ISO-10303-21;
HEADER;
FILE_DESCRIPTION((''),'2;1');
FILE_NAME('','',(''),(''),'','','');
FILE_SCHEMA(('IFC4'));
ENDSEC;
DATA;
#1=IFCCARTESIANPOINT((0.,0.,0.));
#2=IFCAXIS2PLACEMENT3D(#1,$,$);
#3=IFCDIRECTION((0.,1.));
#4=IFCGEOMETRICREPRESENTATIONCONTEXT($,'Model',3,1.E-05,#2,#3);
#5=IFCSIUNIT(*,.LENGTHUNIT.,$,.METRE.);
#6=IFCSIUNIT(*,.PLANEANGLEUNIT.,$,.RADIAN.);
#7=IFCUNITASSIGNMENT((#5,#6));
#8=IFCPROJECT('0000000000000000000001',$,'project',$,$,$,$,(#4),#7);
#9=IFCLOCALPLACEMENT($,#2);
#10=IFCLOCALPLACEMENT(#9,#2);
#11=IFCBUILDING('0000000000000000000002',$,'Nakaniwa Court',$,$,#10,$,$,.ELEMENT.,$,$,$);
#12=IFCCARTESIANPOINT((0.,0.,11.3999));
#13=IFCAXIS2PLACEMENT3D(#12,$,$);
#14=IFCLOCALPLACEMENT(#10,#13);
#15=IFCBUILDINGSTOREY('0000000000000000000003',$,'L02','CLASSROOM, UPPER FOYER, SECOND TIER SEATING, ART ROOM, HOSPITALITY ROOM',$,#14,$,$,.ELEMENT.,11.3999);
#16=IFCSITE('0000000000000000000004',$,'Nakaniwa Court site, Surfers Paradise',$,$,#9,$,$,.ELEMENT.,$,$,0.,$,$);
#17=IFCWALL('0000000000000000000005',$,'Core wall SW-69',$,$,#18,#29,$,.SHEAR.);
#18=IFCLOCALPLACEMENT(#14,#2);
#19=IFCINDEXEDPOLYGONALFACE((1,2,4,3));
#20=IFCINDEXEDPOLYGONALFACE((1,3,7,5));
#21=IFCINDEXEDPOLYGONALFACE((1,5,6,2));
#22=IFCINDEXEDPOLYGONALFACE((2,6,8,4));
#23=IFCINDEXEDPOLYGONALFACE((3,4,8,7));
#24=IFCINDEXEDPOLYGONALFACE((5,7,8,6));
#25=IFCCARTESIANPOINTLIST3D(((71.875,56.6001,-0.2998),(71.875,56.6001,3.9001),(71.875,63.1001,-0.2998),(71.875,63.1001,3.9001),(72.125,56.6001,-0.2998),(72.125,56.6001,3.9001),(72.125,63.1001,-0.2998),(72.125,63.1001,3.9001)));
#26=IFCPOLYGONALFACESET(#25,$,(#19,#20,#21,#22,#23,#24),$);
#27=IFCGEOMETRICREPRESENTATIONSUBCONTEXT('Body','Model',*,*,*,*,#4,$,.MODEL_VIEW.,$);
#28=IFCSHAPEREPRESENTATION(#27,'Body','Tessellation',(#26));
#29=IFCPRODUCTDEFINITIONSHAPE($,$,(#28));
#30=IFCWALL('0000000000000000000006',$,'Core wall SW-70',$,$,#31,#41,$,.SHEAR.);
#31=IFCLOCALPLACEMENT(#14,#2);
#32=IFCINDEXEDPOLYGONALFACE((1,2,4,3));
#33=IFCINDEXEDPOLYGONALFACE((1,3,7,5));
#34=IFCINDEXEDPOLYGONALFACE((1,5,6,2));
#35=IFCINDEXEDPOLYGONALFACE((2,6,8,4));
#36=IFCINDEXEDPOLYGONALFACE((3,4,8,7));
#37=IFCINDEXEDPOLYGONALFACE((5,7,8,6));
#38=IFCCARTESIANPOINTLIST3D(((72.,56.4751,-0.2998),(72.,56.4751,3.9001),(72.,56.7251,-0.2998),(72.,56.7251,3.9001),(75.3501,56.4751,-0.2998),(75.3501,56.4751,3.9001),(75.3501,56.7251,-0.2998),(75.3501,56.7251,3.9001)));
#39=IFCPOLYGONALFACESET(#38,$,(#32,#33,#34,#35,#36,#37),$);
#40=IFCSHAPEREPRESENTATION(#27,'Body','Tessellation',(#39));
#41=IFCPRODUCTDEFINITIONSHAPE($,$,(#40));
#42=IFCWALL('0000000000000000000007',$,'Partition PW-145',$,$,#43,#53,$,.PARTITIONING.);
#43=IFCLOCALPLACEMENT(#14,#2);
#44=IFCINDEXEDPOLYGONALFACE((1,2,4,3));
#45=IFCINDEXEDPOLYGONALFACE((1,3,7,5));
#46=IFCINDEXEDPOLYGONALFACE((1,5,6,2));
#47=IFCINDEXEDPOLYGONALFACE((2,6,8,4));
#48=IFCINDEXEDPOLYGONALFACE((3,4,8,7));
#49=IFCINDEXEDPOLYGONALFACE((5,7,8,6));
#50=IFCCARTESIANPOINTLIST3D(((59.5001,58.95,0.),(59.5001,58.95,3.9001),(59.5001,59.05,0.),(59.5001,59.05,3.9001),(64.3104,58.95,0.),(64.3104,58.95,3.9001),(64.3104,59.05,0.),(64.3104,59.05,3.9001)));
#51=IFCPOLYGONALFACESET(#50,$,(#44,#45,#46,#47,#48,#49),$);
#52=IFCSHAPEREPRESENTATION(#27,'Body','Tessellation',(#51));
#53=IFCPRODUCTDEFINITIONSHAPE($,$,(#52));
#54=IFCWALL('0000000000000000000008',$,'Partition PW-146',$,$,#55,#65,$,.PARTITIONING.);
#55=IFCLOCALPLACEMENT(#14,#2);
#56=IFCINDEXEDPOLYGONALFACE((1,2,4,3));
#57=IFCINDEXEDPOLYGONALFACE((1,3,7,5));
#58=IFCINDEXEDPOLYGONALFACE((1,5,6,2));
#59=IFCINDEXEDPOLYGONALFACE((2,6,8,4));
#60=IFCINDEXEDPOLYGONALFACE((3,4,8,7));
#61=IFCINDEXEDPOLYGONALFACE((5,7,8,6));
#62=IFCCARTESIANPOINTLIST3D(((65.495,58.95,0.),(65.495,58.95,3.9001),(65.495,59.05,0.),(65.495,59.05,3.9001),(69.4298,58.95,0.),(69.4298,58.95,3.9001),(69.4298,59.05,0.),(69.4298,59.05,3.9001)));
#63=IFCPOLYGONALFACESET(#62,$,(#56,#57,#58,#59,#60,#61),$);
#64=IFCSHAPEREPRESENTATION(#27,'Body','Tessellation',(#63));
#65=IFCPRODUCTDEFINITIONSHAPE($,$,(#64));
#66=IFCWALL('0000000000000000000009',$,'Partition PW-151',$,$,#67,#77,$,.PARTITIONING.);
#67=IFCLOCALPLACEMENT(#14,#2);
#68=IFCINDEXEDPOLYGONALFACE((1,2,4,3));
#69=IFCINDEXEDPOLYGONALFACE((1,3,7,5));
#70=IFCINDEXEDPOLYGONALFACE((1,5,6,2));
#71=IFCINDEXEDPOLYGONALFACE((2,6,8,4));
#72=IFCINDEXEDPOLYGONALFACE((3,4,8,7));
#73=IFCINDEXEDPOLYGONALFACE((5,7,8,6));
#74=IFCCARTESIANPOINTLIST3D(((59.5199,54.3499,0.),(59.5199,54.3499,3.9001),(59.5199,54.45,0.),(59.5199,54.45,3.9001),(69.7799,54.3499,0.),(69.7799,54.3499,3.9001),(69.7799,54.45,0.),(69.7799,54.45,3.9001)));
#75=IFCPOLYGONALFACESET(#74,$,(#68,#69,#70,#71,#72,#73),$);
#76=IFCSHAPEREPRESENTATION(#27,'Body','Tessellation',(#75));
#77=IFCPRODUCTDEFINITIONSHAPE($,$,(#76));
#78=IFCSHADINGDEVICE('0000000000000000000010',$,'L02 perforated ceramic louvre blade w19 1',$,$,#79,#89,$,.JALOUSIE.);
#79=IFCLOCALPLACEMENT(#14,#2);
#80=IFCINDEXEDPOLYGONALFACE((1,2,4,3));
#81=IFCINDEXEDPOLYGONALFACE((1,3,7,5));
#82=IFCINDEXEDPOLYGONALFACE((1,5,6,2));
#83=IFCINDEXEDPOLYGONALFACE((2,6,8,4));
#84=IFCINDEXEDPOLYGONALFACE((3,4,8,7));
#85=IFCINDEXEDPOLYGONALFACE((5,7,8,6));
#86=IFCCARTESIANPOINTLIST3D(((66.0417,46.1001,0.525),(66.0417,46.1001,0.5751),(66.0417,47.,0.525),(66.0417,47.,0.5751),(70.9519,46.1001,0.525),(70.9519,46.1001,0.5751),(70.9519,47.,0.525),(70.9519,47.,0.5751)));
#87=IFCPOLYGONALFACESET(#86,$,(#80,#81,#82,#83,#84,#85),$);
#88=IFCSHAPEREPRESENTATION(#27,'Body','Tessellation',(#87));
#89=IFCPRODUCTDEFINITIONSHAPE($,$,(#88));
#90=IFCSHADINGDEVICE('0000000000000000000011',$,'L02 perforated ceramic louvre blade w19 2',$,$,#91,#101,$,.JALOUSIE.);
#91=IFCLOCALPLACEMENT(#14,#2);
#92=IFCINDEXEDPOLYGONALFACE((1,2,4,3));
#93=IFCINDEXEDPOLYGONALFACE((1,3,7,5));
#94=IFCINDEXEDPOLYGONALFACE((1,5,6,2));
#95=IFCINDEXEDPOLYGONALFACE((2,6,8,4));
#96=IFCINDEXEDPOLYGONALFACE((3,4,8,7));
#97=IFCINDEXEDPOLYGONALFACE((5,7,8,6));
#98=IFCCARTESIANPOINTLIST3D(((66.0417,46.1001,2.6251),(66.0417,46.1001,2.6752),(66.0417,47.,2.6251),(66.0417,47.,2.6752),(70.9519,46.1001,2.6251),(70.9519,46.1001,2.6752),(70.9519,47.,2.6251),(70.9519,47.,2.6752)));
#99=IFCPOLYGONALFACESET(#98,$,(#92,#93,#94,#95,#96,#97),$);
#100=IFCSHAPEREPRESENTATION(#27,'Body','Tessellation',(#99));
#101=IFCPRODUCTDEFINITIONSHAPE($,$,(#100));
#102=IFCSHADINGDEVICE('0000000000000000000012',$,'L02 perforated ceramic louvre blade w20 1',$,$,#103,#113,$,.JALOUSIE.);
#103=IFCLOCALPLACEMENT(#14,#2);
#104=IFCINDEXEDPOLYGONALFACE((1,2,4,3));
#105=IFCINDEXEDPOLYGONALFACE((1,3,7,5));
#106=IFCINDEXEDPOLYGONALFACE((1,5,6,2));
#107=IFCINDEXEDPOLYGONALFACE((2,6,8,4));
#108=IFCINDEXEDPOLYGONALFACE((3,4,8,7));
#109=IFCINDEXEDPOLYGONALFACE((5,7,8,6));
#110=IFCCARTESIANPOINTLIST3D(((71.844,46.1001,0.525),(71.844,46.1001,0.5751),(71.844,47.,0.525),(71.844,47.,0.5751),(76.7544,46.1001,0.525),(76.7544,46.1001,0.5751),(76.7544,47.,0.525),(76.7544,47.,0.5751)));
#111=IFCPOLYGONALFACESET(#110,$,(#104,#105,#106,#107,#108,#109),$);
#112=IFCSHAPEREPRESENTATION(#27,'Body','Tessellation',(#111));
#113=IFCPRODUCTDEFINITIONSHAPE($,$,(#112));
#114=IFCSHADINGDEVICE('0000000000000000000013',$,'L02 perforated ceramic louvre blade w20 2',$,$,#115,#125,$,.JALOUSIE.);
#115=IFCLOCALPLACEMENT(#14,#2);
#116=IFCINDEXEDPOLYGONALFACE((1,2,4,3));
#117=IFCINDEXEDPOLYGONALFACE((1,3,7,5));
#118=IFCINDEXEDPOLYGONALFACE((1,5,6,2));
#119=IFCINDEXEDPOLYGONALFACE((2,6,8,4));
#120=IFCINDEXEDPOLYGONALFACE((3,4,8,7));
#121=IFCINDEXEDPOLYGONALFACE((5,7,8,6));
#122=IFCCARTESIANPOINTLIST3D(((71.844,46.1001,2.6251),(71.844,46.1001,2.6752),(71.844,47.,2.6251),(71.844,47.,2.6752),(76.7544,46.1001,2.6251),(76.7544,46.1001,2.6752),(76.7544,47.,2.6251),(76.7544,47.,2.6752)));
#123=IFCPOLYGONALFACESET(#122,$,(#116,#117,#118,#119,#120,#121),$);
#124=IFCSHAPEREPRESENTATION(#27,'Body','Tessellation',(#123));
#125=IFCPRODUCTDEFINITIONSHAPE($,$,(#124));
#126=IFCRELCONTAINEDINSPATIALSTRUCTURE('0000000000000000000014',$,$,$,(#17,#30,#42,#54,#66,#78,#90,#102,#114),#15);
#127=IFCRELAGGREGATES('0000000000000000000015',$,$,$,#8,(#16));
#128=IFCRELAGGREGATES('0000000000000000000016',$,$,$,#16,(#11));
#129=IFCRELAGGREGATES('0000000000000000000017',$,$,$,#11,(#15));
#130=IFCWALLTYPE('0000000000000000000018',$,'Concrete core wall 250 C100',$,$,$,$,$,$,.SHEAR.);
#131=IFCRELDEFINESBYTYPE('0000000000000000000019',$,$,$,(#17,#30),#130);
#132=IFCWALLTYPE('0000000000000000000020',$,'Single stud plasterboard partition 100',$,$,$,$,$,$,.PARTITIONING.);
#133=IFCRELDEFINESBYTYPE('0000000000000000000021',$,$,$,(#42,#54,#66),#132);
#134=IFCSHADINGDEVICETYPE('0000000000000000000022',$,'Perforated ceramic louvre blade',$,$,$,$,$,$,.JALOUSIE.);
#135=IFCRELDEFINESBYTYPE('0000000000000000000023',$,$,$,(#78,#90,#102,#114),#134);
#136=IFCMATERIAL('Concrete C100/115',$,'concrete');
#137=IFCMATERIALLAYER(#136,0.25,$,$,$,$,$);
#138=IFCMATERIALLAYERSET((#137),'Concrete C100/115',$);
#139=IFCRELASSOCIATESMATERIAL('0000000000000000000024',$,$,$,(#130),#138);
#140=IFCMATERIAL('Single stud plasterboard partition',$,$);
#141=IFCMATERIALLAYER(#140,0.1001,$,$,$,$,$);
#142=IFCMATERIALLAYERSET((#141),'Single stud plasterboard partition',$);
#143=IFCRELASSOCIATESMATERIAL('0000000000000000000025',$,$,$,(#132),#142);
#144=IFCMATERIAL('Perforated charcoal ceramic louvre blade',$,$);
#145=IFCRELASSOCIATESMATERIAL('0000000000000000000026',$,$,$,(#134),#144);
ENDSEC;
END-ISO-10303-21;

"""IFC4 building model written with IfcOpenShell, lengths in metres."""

from ifc_helpers import new_model, si_unit, direction, frame, frame_2d, origin, origin_2d, place, context, subcontext, project, spatial, rectangle, extrude, material, layer, layer_set, material_profile, profile_set, type_object, element, save


model = new_model("IFC4")

# Units and contexts
model_context = context("Model", 3, precision=1e-05, world=origin(), true_north=direction((0.0, 1.0)))
body_context = subcontext(model_context, "Body", "Model", "MODEL_VIEW")
ifc_project = project(units=[si_unit("LENGTHUNIT", "METRE"), si_unit("PLANEANGLEUNIT", "RADIAN")], contexts=[model_context])

# Site, building, storey
site_placement = place(None, origin())
site = spatial("IfcSite", under=ifc_project, at=site_placement, Name="Nakaniwa Court site, Surfers Paradise", CompositionType="ELEMENT", RefElevation=0.0)
building_placement = place(site_placement, origin())
building = spatial("IfcBuilding", under=site, at=building_placement, Name="Nakaniwa Court", CompositionType="ELEMENT")
storey_placement = place(building_placement, frame((0.0, 0.0, 11.3999)))
storey = spatial("IfcBuildingStorey", under=building, at=storey_placement, Name="L02", Description="CLASSROOM, UPPER FOYER, SECOND TIER SEATING, ART ROOM, HOSPITALITY ROOM", CompositionType="ELEMENT", Elevation=11.3999)

# Shared definitions
ifc_material_1 = material(Name="Concrete C100/115", Category="concrete")

# Walls
ifc_layer_1 = layer(ifc_material_1, 0.25)
ifc_layer_set_1 = layer_set([ifc_layer_1], Name="Concrete C100/115")
wall_type_1 = type_object("IfcWallType", Name="Concrete core wall 250 C100", PredefinedType="SHEAR", material=ifc_layer_set_1)
wall_1_placement = place(storey_placement, frame((72.0, 56.6001, -0.2998), z_axis=(0.0, 0.0, 1.0), x_axis=(0.0, 1.0, 0.0)))
element("IfcWall", 1, at=wall_1_placement, inside=storey, type_object=wall_type_1, Name="Core wall SW-69", PredefinedType="SHEAR", context=body_context, shape_type="SweptSolid", body=[
    extrude(rectangle(XDim=6.5, YDim=0.25, at=frame_2d((3.25, 0.0))), origin(), (0.0, 0.0, 1.0), 4.2),
])
wall_2_placement = place(storey_placement, frame((72.0, 56.6001, -0.2998), z_axis=(0.0, 0.0, 1.0), x_axis=(1.0, 0.0, 0.0)))
element("IfcWall", 2, at=wall_2_placement, inside=storey, type_object=wall_type_1, Name="Core wall SW-70", PredefinedType="SHEAR", context=body_context, shape_type="SweptSolid", body=[
    extrude(rectangle(XDim=3.3501, YDim=0.25, at=frame_2d((1.675, 0.0))), origin(), (0.0, 0.0, 1.0), 4.2),
])
ifc_material_2 = material(Name="Single stud plasterboard partition")
ifc_layer_2 = layer(ifc_material_2, 0.1001)
ifc_layer_set_2 = layer_set([ifc_layer_2], Name="Single stud plasterboard partition")
wall_type_2 = type_object("IfcWallType", Name="Single stud plasterboard partition 100", PredefinedType="PARTITIONING", material=ifc_layer_set_2)
wall_3_placement = place(storey_placement, frame((59.5, 59.0, 0.0), z_axis=(0.0, 0.0, 1.0), x_axis=(1.0, 0.0, 0.0)))
element("IfcWall", 3, at=wall_3_placement, inside=storey, type_object=wall_type_2, Name="Partition PW-145", PredefinedType="PARTITIONING", context=body_context, shape_type="SweptSolid", body=[
    extrude(rectangle(XDim=4.8103, YDim=0.1001, at=frame_2d((2.4053, 0.0))), origin(), (0.0, 0.0, 1.0), 3.9001),
])
wall_4_placement = place(storey_placement, frame((65.4951, 59.0, 0.0), z_axis=(0.0, 0.0, 1.0), x_axis=(1.0, 0.0, 0.0)))
element("IfcWall", 4, at=wall_4_placement, inside=storey, type_object=wall_type_2, Name="Partition PW-146", PredefinedType="PARTITIONING", context=body_context, shape_type="SweptSolid", body=[
    extrude(rectangle(XDim=3.9348, YDim=0.1001, at=frame_2d((1.9673, 0.0))), origin(), (0.0, 0.0, 1.0), 3.9001),
])
wall_5_placement = place(storey_placement, frame((59.52, 54.3999, 0.0), z_axis=(0.0, 0.0, 1.0), x_axis=(1.0, 0.0, 0.0)))
element("IfcWall", 5, at=wall_5_placement, inside=storey, type_object=wall_type_2, Name="Partition PW-151", PredefinedType="PARTITIONING", context=body_context, shape_type="SweptSolid", body=[
    extrude(rectangle(XDim=10.26, YDim=0.1001, at=frame_2d((5.1299, 0.0))), origin(), (0.0, 0.0, 1.0), 3.9001),
])

# Shading devices
ifc_material_3 = material(Name="Perforated charcoal ceramic louvre blade")
ifc_material_profile_1 = material_profile(ifc_material_3, rectangle(XDim=0.8999, YDim=0.05, at=origin_2d()), Name="Perforated ceramic louvre blade")
ifc_profile_set_1 = profile_set([ifc_material_profile_1], Name="Perforated charcoal ceramic louvre blade")
shading_device_type = type_object("IfcShadingDeviceType", Name="Perforated ceramic louvre blade", PredefinedType="JALOUSIE", material=ifc_profile_set_1)
for number, where, z_axis, x_axis, name in (
    (6, (66.0417, 46.55, 0.55), (1.0, 0.0, 0.0), (0.0, 1.0, 0.0), "L02 perforated ceramic louvre blade w19 1"),
    (7, (66.0417, 46.55, 2.6501), (1.0, 0.0, 0.0), (0.0, 1.0, 0.0), "L02 perforated ceramic louvre blade w19 2"),
):
    element("IfcShadingDevice", number, at=place(storey_placement, frame(where, z_axis=z_axis, x_axis=x_axis)), inside=storey, type_object=shading_device_type, Name=name, PredefinedType="JALOUSIE", context=body_context, shape_type="SweptSolid", body=[
        extrude(rectangle(XDim=0.8999, YDim=0.05, at=origin_2d()), origin(), (0.0, 0.0, 1.0), 4.9102),
    ])
for number, where, z_axis, x_axis, name in (
    (8, (71.844, 46.55, 0.55), (1.0, 0.0, 0.0), (0.0, 1.0, 0.0), "L02 perforated ceramic louvre blade w20 1"),
    (9, (71.844, 46.55, 2.6501), (1.0, 0.0, 0.0), (0.0, 1.0, 0.0), "L02 perforated ceramic louvre blade w20 2"),
):
    element("IfcShadingDevice", number, at=place(storey_placement, frame(where, z_axis=z_axis, x_axis=x_axis)), inside=storey, type_object=shading_device_type, Name=name, PredefinedType="JALOUSIE", context=body_context, shape_type="SweptSolid", body=[
        extrude(rectangle(XDim=0.8999, YDim=0.05, at=origin_2d()), origin(), (0.0, 0.0, 1.0), 4.9104),
    ])

save(model, "model.ifc")
